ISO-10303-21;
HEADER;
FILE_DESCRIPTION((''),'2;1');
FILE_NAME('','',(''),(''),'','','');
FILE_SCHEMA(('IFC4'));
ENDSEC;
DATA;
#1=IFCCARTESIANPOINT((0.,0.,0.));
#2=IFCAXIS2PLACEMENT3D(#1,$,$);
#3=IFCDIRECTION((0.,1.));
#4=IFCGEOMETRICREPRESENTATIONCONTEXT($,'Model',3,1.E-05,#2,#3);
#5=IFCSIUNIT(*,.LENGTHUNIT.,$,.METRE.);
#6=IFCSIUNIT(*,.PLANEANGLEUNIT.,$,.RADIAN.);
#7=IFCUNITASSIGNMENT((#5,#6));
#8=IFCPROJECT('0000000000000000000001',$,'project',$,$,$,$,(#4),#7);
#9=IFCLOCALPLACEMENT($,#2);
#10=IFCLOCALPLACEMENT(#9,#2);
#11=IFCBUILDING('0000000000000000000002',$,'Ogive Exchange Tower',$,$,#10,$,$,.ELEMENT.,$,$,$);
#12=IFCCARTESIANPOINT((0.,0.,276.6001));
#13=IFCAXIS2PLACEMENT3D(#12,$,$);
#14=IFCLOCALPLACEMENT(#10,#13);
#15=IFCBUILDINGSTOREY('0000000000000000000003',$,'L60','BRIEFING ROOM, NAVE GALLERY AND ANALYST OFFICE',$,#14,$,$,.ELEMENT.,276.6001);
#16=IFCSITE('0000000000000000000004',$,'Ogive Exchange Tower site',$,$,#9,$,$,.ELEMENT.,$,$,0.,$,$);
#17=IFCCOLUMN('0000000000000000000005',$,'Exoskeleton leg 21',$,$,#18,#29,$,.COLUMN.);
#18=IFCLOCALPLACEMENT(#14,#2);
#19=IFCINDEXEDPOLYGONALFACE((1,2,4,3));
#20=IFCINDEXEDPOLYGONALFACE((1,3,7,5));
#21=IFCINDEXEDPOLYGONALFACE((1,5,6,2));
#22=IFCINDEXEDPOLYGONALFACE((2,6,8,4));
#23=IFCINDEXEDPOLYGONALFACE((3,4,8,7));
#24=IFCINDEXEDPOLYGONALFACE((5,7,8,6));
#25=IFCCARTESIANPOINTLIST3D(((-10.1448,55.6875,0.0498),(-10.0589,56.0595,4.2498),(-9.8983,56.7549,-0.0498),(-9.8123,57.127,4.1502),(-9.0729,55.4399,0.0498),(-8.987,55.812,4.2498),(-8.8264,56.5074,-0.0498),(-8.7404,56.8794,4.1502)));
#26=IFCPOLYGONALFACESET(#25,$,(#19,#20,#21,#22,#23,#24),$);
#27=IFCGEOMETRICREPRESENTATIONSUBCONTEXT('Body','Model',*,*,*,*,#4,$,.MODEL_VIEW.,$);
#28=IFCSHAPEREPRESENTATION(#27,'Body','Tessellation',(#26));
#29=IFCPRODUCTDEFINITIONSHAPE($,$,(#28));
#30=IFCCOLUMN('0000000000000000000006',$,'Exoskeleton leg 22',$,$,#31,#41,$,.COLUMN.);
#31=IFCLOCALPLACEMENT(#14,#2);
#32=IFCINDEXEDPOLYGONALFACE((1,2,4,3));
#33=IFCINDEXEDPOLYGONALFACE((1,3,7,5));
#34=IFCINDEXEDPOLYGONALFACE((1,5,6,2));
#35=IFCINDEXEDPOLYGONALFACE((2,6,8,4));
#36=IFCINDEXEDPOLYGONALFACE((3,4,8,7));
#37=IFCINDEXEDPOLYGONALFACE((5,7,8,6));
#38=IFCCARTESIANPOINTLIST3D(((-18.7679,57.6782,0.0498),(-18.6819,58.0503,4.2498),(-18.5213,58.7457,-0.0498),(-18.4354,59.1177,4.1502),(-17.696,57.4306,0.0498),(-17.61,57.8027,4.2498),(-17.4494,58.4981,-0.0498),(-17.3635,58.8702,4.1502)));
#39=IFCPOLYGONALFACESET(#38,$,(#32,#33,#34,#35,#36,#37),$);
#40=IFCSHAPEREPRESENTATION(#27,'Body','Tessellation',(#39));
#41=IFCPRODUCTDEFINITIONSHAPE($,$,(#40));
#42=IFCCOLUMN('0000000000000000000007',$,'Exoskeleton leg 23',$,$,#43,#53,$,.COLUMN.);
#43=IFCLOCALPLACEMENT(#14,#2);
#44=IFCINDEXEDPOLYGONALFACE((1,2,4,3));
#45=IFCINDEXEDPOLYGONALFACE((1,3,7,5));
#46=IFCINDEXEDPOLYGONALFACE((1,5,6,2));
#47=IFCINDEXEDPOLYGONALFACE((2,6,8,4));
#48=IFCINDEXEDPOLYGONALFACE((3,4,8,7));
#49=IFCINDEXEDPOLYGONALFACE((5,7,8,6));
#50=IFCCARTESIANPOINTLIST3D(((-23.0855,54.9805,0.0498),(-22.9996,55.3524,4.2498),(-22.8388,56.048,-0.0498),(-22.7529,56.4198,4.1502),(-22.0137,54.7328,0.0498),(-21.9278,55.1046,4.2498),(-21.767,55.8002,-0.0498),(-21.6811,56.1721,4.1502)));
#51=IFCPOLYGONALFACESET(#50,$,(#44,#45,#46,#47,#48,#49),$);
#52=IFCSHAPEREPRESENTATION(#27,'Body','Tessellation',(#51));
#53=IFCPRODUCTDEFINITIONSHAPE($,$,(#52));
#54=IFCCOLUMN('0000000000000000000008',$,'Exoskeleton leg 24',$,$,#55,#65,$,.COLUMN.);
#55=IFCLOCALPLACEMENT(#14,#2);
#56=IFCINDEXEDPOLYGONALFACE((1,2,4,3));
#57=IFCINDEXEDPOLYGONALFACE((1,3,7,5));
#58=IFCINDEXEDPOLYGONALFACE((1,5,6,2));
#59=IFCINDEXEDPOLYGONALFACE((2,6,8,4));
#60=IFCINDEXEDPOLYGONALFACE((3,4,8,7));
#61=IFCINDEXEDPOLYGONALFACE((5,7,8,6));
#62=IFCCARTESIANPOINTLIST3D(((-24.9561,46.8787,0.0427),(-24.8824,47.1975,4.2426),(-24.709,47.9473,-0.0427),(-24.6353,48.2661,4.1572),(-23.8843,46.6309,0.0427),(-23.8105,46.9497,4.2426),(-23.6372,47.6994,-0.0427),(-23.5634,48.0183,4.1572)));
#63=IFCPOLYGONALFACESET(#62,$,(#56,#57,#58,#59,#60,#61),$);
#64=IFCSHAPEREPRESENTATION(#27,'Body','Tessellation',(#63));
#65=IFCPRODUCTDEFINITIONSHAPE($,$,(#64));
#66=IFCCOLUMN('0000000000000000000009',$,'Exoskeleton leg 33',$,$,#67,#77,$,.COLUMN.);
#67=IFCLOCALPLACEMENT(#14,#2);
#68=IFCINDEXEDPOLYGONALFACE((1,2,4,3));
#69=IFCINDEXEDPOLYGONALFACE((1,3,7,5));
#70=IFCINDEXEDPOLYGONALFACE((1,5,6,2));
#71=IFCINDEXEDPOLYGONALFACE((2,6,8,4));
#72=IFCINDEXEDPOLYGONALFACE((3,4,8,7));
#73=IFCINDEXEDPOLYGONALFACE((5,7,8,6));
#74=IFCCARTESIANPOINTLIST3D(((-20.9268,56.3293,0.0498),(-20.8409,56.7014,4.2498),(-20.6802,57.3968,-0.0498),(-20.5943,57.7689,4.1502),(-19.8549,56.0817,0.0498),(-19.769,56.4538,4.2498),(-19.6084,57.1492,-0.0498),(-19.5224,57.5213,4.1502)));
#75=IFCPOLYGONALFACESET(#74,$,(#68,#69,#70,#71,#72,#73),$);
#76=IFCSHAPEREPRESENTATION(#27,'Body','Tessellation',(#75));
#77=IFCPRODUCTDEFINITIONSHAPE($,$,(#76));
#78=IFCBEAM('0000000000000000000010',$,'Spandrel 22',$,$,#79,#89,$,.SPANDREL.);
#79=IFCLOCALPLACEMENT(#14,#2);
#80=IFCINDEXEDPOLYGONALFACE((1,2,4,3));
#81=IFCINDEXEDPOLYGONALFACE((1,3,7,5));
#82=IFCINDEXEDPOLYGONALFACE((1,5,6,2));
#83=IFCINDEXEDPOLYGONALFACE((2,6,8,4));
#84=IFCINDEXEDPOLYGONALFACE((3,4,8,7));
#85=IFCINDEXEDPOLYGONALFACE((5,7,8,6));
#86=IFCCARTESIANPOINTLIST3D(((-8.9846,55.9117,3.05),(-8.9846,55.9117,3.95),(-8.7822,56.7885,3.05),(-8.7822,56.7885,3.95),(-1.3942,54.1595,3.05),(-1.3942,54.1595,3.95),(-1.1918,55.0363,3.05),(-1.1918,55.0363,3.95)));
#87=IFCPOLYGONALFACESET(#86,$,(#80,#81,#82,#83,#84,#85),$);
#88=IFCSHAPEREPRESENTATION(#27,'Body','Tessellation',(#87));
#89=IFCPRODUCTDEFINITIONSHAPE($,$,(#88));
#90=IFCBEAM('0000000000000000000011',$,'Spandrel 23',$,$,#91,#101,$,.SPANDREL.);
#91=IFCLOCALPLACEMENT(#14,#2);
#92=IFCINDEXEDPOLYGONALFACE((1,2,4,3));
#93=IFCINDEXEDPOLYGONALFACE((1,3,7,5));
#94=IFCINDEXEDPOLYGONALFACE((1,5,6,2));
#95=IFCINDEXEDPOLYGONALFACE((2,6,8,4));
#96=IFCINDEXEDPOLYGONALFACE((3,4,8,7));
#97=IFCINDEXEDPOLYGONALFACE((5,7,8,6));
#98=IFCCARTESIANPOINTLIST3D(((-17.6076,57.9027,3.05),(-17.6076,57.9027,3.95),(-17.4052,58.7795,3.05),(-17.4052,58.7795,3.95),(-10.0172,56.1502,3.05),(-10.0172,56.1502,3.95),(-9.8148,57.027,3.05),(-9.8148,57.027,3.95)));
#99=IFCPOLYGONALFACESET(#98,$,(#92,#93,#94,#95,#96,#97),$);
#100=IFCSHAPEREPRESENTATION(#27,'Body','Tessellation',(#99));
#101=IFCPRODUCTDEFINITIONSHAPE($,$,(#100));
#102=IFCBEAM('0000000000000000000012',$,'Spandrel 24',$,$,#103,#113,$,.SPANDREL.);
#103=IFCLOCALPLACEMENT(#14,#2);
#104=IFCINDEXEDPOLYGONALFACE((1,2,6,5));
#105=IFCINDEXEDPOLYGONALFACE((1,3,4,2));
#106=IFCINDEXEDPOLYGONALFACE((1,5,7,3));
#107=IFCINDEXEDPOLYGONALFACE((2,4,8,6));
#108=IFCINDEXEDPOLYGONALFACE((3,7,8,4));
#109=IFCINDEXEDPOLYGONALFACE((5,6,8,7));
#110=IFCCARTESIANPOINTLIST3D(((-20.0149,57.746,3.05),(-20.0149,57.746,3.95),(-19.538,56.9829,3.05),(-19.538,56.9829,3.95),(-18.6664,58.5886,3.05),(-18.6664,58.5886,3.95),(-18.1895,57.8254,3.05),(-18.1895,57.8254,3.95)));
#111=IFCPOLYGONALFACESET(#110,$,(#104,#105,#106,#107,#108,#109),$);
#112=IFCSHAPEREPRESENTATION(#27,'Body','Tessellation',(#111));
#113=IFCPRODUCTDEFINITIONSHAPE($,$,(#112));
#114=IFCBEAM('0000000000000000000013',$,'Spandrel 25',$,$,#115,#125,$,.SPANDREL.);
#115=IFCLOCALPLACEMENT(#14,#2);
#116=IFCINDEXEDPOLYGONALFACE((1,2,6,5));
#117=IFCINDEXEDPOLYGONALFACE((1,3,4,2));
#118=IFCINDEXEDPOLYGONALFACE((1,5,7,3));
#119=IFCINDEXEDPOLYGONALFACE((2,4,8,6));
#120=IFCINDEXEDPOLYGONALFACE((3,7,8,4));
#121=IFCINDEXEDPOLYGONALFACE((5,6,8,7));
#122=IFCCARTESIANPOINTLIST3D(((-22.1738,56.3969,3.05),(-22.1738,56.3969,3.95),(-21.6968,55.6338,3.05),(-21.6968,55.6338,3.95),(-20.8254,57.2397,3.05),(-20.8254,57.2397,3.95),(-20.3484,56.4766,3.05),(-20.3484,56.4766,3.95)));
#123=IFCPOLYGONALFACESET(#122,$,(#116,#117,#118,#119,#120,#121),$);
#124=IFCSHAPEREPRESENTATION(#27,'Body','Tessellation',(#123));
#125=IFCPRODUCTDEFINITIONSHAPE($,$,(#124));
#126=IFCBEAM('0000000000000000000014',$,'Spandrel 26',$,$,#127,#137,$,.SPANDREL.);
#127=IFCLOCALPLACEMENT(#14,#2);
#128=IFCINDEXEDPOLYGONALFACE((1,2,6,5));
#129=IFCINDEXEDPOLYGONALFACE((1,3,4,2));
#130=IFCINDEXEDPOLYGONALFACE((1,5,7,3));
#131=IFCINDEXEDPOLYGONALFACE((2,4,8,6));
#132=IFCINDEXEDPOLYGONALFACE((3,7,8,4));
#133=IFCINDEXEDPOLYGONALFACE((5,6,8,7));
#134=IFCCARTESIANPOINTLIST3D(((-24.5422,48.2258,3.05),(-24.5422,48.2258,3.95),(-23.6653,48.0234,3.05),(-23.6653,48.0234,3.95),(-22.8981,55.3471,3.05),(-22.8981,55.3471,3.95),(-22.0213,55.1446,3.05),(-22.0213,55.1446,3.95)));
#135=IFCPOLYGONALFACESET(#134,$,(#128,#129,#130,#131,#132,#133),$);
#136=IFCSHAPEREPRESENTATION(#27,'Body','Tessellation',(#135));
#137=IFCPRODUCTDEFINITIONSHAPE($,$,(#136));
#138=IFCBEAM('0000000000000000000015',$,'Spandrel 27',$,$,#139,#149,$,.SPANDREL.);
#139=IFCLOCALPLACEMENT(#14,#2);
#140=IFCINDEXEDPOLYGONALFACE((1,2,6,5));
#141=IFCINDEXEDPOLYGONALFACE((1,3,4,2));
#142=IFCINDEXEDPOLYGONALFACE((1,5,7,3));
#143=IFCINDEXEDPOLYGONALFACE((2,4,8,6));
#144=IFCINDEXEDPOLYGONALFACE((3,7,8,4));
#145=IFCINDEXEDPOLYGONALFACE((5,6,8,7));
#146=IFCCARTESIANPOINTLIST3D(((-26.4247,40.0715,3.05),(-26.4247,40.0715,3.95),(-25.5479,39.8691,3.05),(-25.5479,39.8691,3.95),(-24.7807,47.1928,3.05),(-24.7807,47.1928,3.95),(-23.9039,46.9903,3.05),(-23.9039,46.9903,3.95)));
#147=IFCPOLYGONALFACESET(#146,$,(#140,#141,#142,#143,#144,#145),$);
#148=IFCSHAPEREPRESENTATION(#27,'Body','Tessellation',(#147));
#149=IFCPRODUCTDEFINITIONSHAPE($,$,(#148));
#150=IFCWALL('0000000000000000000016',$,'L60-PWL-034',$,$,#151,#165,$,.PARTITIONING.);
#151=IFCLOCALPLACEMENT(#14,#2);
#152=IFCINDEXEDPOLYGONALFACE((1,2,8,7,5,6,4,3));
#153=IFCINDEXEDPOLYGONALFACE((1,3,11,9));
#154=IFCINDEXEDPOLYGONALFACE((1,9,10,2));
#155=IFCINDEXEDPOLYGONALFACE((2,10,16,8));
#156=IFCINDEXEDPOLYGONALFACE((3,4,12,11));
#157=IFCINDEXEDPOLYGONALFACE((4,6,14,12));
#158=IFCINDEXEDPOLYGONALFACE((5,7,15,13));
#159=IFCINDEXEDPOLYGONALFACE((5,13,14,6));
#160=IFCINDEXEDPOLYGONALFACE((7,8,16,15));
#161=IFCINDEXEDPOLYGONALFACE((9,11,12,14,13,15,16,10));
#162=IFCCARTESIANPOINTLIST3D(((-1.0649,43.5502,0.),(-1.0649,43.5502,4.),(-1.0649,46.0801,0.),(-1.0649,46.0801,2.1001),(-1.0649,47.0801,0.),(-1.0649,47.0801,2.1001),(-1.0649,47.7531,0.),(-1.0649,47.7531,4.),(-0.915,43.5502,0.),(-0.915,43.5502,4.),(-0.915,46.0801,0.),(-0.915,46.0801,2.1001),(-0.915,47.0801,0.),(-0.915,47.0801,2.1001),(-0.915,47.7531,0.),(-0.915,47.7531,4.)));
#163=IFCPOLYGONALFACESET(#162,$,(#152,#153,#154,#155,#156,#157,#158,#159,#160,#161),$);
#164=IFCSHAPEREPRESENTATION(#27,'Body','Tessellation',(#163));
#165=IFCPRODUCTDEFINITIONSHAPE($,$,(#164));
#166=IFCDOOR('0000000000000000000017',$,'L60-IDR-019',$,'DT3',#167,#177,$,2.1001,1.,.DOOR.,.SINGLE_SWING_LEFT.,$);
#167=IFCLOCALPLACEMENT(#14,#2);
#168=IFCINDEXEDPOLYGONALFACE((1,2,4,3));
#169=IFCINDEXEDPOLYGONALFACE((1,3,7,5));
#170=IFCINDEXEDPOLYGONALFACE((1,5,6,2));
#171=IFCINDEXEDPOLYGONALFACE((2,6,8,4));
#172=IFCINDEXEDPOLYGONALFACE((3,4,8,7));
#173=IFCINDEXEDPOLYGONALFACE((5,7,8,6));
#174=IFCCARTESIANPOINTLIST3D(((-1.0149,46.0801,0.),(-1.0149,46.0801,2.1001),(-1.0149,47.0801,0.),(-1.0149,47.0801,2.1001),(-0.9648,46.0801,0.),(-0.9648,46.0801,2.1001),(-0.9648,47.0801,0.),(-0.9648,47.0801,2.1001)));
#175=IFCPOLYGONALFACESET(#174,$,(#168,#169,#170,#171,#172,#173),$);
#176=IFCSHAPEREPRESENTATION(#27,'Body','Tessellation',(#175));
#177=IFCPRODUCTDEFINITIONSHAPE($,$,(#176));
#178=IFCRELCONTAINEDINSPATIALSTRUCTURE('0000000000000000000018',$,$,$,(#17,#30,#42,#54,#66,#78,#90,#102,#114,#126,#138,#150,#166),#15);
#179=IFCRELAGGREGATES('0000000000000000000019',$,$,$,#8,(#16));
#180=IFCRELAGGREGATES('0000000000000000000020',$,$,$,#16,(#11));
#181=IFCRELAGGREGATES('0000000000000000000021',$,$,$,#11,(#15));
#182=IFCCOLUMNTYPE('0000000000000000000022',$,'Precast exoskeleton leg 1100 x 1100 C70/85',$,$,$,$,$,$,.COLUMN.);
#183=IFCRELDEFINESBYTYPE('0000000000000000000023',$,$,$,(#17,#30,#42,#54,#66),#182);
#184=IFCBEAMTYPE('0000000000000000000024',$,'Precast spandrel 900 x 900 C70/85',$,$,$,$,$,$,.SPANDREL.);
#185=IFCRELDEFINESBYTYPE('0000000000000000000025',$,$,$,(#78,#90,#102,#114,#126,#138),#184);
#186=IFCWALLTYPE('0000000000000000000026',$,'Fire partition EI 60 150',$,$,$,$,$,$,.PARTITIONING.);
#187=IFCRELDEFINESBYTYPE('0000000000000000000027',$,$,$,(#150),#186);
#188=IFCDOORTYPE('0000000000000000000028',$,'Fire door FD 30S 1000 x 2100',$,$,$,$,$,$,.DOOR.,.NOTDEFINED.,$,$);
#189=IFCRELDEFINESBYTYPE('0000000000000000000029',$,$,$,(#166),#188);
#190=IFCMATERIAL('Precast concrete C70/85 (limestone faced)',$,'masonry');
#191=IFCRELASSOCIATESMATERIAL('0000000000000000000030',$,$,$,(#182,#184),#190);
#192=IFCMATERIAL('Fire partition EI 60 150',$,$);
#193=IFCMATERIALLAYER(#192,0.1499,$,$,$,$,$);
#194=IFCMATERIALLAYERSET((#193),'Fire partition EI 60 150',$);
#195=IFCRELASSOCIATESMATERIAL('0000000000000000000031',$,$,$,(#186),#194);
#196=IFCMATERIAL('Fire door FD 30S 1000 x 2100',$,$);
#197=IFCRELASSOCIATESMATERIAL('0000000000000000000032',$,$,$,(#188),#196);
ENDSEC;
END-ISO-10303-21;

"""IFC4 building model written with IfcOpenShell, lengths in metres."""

from ifc_helpers import new_model, si_unit, direction, frame, frame_2d, origin, origin_2d, place, context, subcontext, project, spatial, rectangle, extrude, material, layer, layer_set, material_profile, profile_set, type_object, element, fill, save


model = new_model("IFC4")

# Units and contexts
model_context = context("Model", 3, precision=1e-05, world=origin(), true_north=direction((0.0, 1.0)))
body_context = subcontext(model_context, "Body", "Model", "MODEL_VIEW")
ifc_project = project(units=[si_unit("LENGTHUNIT", "METRE"), si_unit("PLANEANGLEUNIT", "RADIAN")], contexts=[model_context])

# Site, building, storey
site_placement = place(None, origin())
site = spatial("IfcSite", under=ifc_project, at=site_placement, Name="Ogive Exchange Tower site", CompositionType="ELEMENT", RefElevation=0.0)
building_placement = place(site_placement, origin())
building = spatial("IfcBuilding", under=site, at=building_placement, Name="Ogive Exchange Tower", CompositionType="ELEMENT")
storey_placement = place(building_placement, frame((0.0, 0.0, 276.6001)))
storey = spatial("IfcBuildingStorey", under=building, at=storey_placement, Name="L60", Description="BRIEFING ROOM, NAVE GALLERY AND ANALYST OFFICE", CompositionType="ELEMENT", Elevation=276.6001)

# Columns
ifc_material_1 = material(Name="Precast concrete C70/85 (limestone faced)", Category="masonry")
ifc_material_profile_1 = material_profile(ifc_material_1, rectangle(XDim=1.1001, YDim=1.1001, at=origin_2d()), Name="1100 x 1100")
ifc_profile_set_1 = profile_set([ifc_material_profile_1], Name="Precast concrete C70/85 (limestone faced)")
column_type = type_object("IfcColumnType", Name="Precast exoskeleton leg 1100 x 1100 C70/85", PredefinedType="COLUMN", material=ifc_profile_set_1)
for number, where, z_axis, x_axis, name in (
    (1, (-9.4856, 56.0974, 0.0), (0.020377, 0.088225, 0.995892), (-0.974348, 0.225046, 0.0), "Exoskeleton leg 21"),
    (2, (-18.1086, 58.0881, 0.0), (0.020377, 0.088225, 0.995892), (-0.974348, 0.225046, 0.0), "Exoskeleton leg 22"),
    (3, (-22.4263, 55.3904, 0.0), (0.020378, 0.088168, 0.995897), (-0.974316, 0.225187, 0.0), "Exoskeleton leg 23"),
):
    element("IfcColumn", number, at=place(storey_placement, frame(where, z_axis=z_axis, x_axis=x_axis)), inside=storey, type_object=column_type, Name=name, PredefinedType="COLUMN", context=body_context, shape_type="SweptSolid", body=[
        extrude(rectangle(XDim=1.1001, YDim=1.1001, at=origin_2d()), origin(), (0.0, 0.0, 1.0), 4.2173),
    ])
column_1_placement = place(storey_placement, frame((-24.2966, 47.2891, 0.0), z_axis=(0.017502, 0.075688, 0.996978), x_axis=(-0.974291, 0.225295, 0.0)))
element("IfcColumn", 4, at=column_1_placement, inside=storey, type_object=column_type, Name="Exoskeleton leg 24", PredefinedType="COLUMN", context=body_context, shape_type="SweptSolid", body=[
    extrude(rectangle(XDim=1.1001, YDim=1.1001, at=origin_2d()), origin(), (0.0, 0.0, 1.0), 4.2126),
])
column_2_placement = place(storey_placement, frame((-20.2676, 56.7393, 0.0), z_axis=(0.020377, 0.088225, 0.995892), x_axis=(-0.974348, 0.225046, 0.0)))
element("IfcColumn", 5, at=column_2_placement, inside=storey, type_object=column_type, Name="Exoskeleton leg 33", PredefinedType="COLUMN", context=body_context, shape_type="SweptSolid", body=[
    extrude(rectangle(XDim=1.1001, YDim=1.1001, at=origin_2d()), origin(), (0.0, 0.0, 1.0), 4.2173),
])

# Beams
ifc_material_profile_2 = material_profile(ifc_material_1, rectangle(XDim=0.8999, YDim=0.8999, at=origin_2d()), Name="900 x 900")
ifc_profile_set_2 = profile_set([ifc_material_profile_2], Name="Precast concrete C70/85 (limestone faced)")
beam_type = type_object("IfcBeamType", Name="Precast spandrel 900 x 900 C70/85", PredefinedType="SPANDREL", material=ifc_profile_set_2)
for number, where, z_axis, x_axis, name in (
    (6, (-1.293, 54.5979, 3.5), (-0.974375, 0.22493, 0.0), (-0.22493, -0.974375, 0.0), "Spandrel 22"),
    (7, (-9.916, 56.5886, 3.5), (-0.974368, 0.22496, 0.0), (-0.22496, -0.974368, 0.0), "Spandrel 23"),
):
    element("IfcBeam", number, at=place(storey_placement, frame(where, z_axis=z_axis, x_axis=x_axis)), inside=storey, type_object=beam_type, Name=name, PredefinedType="SPANDREL", context=body_context, shape_type="SweptSolid", body=[
        extrude(rectangle(XDim=0.8999, YDim=0.8999, at=origin_2d()), origin(), (0.0, 0.0, 1.0), 7.79),
    ])
for number, where, z_axis, x_axis, name in (
    (8, (-18.428, 58.207, 3.5), (-0.848059, -0.529902, 0.0), (0.529902, -0.848059, 0.0), "Spandrel 24"),
    (9, (-20.5869, 56.8582, 3.5), (-0.84799, -0.530013, 0.0), (0.530013, -0.84799, 0.0), "Spandrel 25"),
):
    element("IfcBeam", number, at=place(storey_placement, frame(where, z_axis=z_axis, x_axis=x_axis)), inside=storey, type_object=beam_type, Name=name, PredefinedType="SPANDREL", context=body_context, shape_type="SweptSolid", body=[
        extrude(rectangle(XDim=0.8999, YDim=0.8999, at=origin_2d()), origin(), (0.0, 0.0, 1.0), 1.5901),
    ])
for number, where, z_axis, x_axis, name in (
    (10, (-22.4597, 55.2458, 3.5), (-0.224945, -0.974371, 0.0), (0.974371, -0.224945, 0.0), "Spandrel 26"),
    (11, (-24.3423, 47.0916, 3.5), (-0.224945, -0.974371, 0.0), (0.974371, -0.224945, 0.0), "Spandrel 27"),
):
    element("IfcBeam", number, at=place(storey_placement, frame(where, z_axis=z_axis, x_axis=x_axis)), inside=storey, type_object=beam_type, Name=name, PredefinedType="SPANDREL", context=body_context, shape_type="SweptSolid", body=[
        extrude(rectangle(XDim=0.8999, YDim=0.8999, at=origin_2d()), origin(), (0.0, 0.0, 1.0), 7.3086),
    ])

# Wall, opening, door
ifc_material_2 = material(Name="Fire partition EI 60 150")
ifc_layer_1 = layer(ifc_material_2, 0.1499)
ifc_layer_set_1 = layer_set([ifc_layer_1], Name="Fire partition EI 60 150")
wall_type_1 = type_object("IfcWallType", Name="Fire partition EI 60 150", PredefinedType="PARTITIONING", material=ifc_layer_set_1)
wall_1_placement = place(storey_placement, frame((-0.99, 43.55, 0.0), z_axis=(0.0, 0.0, 1.0), x_axis=(0.0, 1.0, 0.0)))
wall_1 = element("IfcWall", 12, at=wall_1_placement, inside=storey, type_object=wall_type_1, Name="L60-PWL-034", PredefinedType="PARTITIONING", context=body_context, shape_type="SweptSolid", body=[
    extrude(rectangle(XDim=4.2029, YDim=0.1499, at=frame_2d((2.1016, 0.0))), origin(), (0.0, 0.0, 1.0), 4.0),
])
opening_1_placement = place(wall_1_placement, frame((2.53, 0.0, 0.0)))
opening_1 = element("IfcOpeningElement", 13, at=opening_1_placement, cuts=wall_1, PredefinedType="OPENING", context=body_context, shape_type="SweptSolid", body=[
    extrude(rectangle(XDim=1.0, YDim=2.1001, at=frame_2d((0.5, 1.05))), frame((0.0, 0.085, 0.0), z_axis=(0.0, -1.0, 0.0), x_axis=(1.0, 0.0, 0.0)), (0.0, 0.0, 1.0), 0.1699),
])
ifc_material_3 = material(Name="Fire door FD 30S 1000 x 2100")
door_type_1 = type_object("IfcDoorType", Name="Fire door FD 30S 1000 x 2100", OperationType="NOTDEFINED", PredefinedType="DOOR", material=ifc_material_3)
door_1_placement = place(opening_1_placement, origin())
door_1 = element("IfcDoor", 14, at=door_1_placement, inside=storey, type_object=door_type_1, Name="L60-IDR-019", ObjectType="DT3", OperationType="SINGLE_SWING_LEFT", OverallHeight=2.1001, OverallWidth=1.0, PredefinedType="DOOR", context=body_context, shape_type="SweptSolid", body=[
    extrude(rectangle(XDim=1.0, YDim=2.1001, at=frame_2d((0.5, 1.05))), frame((0.0, 0.0249, 0.0), z_axis=(0.0, -1.0, 0.0), x_axis=(1.0, 0.0, 0.0)), (0.0, 0.0, 1.0), 0.05),
])
fill(opening_1, door_1)

save(model, "model.ifc")
